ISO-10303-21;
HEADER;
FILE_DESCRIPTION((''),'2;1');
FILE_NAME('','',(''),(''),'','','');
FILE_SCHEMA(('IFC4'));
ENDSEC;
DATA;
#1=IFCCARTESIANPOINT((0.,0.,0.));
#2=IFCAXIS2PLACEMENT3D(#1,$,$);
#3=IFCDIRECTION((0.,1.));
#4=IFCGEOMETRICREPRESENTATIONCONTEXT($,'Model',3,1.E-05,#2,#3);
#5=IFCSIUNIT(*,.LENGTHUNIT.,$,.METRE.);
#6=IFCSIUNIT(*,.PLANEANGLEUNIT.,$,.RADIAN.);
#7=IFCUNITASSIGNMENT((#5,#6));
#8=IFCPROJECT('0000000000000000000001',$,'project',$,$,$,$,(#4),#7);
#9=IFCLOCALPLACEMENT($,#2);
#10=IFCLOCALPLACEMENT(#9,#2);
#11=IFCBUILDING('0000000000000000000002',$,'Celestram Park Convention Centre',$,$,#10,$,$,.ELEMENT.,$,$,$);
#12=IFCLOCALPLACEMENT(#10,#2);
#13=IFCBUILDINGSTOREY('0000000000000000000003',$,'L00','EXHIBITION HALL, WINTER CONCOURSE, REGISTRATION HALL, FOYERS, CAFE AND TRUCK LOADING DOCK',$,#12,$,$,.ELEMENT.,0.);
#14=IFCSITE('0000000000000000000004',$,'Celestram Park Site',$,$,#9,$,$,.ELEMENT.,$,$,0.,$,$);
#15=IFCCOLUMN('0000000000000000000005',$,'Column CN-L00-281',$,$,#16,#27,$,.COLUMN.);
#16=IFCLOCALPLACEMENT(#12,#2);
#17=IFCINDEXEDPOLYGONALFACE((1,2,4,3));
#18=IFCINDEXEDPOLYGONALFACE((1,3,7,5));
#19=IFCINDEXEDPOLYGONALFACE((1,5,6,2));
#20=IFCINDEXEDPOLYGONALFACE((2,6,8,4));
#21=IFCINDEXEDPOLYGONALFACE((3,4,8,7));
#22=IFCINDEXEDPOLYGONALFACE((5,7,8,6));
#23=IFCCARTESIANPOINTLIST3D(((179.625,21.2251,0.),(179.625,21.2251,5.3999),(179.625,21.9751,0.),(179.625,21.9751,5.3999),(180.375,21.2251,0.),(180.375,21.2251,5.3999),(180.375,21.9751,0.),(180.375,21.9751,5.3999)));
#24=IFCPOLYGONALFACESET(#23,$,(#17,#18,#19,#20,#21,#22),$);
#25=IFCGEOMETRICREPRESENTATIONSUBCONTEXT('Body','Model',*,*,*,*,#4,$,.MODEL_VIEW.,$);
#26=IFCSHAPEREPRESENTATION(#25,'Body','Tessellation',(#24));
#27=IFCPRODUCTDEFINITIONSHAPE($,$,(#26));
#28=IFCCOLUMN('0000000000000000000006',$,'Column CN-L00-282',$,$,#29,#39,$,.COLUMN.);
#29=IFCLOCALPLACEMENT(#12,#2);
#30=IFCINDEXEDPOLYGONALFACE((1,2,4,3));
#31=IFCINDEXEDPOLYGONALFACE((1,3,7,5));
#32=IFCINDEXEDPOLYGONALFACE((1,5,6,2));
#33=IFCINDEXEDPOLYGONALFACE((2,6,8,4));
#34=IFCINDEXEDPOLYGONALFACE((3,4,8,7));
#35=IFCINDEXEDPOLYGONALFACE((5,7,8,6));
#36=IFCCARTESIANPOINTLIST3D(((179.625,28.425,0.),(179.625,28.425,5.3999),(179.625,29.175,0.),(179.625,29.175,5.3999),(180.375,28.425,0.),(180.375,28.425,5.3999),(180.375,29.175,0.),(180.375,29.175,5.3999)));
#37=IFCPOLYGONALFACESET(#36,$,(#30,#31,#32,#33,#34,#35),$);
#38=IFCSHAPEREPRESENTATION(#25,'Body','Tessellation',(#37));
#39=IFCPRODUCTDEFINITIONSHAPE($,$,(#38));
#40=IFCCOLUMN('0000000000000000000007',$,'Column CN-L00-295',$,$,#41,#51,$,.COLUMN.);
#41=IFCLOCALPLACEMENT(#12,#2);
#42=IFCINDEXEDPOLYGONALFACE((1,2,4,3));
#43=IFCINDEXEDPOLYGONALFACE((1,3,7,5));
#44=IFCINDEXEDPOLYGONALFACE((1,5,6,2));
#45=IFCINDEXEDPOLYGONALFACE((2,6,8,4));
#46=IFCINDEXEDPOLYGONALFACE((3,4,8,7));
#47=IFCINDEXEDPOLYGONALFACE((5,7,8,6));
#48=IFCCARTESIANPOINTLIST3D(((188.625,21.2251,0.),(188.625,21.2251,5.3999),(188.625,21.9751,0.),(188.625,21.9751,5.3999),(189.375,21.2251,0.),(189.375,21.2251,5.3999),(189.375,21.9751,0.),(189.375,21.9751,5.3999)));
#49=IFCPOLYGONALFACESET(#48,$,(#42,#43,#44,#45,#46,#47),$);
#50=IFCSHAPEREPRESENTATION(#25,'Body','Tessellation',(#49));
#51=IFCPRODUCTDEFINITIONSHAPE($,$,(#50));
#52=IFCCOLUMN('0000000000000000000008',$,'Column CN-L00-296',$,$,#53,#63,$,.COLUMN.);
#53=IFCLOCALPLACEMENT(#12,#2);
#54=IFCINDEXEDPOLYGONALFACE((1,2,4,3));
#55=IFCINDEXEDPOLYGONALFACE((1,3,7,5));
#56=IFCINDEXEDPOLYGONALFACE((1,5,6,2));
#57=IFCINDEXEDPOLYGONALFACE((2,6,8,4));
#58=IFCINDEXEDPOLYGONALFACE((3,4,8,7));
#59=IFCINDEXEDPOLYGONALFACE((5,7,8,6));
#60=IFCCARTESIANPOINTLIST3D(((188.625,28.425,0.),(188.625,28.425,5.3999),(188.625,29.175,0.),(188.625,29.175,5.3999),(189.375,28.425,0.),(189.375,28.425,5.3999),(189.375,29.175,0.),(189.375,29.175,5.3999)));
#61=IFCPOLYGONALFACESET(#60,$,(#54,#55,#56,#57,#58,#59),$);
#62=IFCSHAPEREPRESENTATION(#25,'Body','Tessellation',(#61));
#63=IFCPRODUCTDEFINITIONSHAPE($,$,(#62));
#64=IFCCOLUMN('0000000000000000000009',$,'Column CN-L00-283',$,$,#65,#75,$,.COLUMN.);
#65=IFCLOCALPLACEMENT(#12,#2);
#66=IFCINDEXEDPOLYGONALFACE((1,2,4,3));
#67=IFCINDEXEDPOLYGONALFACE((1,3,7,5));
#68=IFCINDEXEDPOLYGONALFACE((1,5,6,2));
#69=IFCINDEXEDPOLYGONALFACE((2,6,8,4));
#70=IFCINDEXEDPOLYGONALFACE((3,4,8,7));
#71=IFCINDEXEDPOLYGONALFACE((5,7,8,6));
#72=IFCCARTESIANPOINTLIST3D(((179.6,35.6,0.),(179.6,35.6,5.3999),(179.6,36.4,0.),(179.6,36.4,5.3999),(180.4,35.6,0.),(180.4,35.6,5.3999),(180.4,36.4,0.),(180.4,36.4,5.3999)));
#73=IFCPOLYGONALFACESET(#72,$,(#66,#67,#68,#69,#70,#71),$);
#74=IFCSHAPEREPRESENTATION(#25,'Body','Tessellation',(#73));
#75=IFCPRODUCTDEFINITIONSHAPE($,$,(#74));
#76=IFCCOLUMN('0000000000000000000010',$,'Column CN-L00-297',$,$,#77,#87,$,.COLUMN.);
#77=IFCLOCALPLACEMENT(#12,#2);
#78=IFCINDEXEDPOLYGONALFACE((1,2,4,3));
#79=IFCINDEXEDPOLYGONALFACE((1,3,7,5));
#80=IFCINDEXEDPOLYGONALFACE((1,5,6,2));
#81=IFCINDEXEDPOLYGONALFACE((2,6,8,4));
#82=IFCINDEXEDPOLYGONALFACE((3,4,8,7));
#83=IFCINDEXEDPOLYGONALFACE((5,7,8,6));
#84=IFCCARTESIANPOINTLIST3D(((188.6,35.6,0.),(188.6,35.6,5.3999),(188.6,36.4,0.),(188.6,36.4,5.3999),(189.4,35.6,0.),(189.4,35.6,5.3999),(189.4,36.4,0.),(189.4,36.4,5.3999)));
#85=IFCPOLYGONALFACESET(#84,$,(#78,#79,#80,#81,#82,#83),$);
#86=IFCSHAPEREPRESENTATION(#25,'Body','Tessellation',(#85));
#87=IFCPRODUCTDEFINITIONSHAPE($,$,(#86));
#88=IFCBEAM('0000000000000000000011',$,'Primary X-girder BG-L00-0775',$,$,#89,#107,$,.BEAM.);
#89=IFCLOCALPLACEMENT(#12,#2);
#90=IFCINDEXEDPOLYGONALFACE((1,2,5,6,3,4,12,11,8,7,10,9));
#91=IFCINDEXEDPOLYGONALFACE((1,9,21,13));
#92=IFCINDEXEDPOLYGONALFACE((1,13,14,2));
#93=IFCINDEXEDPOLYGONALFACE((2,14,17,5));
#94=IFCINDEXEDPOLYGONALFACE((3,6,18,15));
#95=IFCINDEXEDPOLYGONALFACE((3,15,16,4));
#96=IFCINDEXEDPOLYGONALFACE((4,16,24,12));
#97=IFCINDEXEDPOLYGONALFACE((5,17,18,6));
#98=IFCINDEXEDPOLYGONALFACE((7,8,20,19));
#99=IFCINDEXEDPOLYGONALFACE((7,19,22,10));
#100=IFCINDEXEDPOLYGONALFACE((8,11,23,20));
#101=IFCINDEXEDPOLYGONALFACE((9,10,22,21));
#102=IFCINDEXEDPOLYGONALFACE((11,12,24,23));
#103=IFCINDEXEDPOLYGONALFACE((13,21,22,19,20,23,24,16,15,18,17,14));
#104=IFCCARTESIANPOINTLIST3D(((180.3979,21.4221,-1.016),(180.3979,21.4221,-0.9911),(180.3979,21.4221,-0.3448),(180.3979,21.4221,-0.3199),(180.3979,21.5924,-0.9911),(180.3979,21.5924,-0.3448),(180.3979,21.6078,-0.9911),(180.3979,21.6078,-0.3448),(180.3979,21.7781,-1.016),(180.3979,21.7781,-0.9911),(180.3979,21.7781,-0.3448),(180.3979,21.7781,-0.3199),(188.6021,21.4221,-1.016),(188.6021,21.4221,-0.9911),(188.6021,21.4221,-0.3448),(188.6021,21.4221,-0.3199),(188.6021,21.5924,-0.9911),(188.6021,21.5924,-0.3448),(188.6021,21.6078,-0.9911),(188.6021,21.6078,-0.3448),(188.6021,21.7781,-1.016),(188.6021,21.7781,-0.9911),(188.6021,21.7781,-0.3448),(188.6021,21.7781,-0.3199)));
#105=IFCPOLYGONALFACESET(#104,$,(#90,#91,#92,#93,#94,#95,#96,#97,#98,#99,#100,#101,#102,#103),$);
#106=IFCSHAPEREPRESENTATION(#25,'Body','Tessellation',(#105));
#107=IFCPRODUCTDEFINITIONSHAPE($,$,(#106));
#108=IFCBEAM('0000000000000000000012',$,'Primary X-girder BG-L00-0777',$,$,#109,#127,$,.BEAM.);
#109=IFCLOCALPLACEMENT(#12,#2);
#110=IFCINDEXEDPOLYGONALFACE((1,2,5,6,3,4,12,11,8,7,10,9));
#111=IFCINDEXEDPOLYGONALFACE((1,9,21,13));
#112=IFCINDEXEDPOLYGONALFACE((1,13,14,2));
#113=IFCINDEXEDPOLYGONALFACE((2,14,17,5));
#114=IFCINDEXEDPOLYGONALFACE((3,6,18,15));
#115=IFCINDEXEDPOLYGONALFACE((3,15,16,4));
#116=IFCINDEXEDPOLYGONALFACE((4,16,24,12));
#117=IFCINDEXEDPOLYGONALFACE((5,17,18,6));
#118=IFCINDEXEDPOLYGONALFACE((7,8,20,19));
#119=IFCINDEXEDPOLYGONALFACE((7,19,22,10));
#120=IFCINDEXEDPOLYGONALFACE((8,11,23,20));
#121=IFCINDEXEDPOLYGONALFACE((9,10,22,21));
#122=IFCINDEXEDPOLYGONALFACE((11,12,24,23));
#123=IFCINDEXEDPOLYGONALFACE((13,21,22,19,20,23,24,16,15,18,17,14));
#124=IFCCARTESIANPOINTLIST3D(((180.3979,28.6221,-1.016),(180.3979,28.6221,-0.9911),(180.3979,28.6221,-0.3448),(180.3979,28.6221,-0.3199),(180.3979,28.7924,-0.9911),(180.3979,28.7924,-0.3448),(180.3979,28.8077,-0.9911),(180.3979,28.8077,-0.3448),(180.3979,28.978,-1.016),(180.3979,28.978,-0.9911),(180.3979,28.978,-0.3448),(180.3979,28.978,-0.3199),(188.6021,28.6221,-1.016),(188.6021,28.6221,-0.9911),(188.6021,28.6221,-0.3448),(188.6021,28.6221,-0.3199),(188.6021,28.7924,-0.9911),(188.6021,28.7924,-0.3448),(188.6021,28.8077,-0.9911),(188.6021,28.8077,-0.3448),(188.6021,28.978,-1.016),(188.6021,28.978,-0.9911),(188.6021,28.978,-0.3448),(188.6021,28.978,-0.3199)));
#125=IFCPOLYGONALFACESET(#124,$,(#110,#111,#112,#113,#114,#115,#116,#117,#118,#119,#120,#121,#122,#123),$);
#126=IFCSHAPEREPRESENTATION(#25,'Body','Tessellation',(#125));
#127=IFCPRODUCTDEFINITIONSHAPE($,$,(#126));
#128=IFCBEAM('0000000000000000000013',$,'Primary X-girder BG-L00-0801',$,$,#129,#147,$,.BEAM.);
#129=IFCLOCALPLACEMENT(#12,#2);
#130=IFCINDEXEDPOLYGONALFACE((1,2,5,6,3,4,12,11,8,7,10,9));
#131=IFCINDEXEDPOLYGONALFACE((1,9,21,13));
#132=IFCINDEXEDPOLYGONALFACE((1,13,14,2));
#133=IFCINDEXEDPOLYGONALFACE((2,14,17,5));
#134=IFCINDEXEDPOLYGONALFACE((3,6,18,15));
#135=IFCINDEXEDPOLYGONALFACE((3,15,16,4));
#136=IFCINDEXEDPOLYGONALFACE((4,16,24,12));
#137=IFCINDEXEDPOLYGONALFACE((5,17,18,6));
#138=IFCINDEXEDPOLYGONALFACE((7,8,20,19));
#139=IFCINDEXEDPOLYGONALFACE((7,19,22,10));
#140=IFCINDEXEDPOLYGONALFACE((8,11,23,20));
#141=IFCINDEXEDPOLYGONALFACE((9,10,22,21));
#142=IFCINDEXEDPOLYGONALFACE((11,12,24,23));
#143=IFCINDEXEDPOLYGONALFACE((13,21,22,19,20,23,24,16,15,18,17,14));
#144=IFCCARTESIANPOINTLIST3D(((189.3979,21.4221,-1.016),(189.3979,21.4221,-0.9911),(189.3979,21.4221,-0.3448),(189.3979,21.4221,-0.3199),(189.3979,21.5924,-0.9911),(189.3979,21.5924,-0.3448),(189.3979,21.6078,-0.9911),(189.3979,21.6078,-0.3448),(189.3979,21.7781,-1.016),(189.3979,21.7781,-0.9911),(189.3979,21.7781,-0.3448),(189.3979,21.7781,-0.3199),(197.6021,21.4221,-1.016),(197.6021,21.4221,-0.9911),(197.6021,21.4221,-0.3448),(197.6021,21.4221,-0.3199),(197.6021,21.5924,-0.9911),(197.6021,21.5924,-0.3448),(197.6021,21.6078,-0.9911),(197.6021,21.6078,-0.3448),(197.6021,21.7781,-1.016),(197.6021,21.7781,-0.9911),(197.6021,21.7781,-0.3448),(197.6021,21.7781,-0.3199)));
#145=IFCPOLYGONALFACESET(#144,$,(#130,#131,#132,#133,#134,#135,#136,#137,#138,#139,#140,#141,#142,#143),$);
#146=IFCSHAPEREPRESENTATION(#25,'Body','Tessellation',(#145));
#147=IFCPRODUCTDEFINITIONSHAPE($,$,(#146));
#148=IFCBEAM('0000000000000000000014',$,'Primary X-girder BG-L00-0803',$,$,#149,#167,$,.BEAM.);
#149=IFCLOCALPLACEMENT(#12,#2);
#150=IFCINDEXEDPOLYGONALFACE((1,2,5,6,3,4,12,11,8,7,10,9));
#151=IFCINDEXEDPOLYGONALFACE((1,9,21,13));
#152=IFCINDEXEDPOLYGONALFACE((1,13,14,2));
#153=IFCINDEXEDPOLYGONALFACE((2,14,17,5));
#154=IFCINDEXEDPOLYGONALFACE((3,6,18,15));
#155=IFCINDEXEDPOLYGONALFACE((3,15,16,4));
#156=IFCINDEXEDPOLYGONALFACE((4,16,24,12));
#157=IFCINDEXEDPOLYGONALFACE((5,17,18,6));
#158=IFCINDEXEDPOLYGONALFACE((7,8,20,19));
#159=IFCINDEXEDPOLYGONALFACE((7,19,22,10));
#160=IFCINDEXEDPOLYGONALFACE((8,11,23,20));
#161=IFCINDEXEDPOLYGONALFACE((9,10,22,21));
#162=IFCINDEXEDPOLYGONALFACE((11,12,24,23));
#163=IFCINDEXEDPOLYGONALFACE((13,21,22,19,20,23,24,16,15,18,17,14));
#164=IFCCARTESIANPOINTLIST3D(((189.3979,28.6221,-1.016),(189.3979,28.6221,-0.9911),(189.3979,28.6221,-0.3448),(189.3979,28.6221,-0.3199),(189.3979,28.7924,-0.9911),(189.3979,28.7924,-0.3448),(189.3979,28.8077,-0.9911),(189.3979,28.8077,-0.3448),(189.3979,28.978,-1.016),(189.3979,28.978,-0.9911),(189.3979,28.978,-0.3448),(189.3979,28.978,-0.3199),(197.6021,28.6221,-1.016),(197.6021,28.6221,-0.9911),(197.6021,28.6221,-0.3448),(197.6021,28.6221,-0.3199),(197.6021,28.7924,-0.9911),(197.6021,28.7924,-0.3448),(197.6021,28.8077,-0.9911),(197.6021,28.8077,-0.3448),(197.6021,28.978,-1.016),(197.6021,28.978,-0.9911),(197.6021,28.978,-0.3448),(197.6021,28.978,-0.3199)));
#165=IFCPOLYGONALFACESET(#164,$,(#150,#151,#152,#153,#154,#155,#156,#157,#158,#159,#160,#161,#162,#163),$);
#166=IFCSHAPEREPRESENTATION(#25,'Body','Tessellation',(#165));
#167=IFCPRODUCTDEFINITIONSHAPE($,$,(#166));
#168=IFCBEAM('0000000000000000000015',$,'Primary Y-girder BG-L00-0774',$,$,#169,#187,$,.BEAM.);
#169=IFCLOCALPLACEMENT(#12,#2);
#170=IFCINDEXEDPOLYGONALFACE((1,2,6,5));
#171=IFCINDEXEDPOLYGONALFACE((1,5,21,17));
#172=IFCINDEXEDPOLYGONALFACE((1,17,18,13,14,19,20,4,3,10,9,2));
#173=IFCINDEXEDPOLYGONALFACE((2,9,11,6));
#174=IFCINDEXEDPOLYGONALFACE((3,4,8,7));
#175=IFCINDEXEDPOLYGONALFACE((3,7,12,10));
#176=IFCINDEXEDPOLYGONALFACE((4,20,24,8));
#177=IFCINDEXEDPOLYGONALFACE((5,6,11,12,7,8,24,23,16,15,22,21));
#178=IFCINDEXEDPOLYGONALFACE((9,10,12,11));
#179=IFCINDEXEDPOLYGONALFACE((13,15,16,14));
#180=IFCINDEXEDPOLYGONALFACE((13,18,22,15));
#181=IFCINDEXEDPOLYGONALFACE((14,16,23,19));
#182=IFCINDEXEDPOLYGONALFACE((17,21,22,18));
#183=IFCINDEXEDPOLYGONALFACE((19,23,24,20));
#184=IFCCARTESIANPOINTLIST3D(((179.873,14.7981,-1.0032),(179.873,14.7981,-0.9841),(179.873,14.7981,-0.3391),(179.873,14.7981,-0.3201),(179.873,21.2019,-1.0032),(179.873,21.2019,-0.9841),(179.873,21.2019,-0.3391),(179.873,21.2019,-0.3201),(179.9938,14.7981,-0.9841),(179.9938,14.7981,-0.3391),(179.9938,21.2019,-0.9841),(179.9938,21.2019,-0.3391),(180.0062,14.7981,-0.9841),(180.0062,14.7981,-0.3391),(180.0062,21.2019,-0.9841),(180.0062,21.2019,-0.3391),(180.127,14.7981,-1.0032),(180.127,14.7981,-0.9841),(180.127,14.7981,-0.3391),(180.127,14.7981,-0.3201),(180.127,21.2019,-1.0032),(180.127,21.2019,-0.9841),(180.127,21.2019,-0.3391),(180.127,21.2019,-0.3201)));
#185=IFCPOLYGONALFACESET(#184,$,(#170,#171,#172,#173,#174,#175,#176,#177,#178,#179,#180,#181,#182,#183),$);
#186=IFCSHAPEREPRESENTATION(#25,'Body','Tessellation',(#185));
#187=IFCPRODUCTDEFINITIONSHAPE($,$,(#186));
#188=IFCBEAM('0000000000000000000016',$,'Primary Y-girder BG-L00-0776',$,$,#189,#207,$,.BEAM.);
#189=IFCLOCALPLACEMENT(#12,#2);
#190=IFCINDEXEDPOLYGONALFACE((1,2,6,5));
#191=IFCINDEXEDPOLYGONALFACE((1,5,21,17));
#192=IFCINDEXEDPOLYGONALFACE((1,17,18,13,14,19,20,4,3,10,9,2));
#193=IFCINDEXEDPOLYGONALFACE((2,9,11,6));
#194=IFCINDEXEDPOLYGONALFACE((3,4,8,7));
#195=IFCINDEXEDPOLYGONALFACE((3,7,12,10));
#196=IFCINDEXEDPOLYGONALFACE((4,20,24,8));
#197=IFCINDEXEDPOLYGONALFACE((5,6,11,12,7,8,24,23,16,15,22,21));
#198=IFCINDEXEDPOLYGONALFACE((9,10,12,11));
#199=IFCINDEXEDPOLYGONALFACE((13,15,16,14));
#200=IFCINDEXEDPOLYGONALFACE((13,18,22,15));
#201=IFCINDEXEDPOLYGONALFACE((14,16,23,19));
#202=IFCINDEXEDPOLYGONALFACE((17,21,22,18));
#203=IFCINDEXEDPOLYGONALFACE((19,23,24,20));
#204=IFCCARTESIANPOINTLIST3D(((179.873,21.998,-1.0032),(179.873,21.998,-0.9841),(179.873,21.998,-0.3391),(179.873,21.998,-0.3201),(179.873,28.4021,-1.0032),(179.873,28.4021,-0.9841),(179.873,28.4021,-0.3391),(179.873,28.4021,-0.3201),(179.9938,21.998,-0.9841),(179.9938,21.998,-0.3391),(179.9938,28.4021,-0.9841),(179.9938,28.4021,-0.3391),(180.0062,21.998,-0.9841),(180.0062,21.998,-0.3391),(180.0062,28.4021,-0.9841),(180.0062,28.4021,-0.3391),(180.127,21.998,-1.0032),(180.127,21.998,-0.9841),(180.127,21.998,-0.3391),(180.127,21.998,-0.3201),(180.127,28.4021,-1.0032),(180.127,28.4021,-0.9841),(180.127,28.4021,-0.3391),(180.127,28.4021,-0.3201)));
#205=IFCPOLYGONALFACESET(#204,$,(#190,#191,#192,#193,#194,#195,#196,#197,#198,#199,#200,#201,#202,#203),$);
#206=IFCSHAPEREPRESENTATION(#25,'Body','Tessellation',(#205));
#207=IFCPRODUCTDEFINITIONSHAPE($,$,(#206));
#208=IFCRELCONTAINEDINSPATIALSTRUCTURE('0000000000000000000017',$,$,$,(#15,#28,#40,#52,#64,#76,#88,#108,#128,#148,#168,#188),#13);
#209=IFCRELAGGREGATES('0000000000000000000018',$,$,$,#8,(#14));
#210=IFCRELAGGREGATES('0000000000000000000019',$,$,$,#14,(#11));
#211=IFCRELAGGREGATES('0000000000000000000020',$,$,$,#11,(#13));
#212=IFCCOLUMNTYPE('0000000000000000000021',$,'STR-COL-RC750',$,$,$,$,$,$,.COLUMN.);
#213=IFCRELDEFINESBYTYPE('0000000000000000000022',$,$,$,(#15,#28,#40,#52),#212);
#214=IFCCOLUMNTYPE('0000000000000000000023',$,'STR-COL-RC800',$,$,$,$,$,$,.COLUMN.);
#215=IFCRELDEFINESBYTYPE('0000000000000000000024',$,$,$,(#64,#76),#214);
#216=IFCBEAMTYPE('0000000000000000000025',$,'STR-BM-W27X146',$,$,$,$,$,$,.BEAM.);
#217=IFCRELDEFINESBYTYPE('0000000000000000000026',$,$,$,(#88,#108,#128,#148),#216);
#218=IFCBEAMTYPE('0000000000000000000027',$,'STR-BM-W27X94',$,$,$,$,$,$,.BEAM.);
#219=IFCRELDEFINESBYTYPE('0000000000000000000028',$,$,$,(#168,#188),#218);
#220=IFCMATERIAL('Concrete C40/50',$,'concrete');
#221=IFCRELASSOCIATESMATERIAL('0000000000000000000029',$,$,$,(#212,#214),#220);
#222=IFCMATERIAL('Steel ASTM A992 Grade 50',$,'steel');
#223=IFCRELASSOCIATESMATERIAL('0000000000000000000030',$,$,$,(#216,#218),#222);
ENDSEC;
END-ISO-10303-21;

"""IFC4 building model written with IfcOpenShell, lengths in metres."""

from ifc_helpers import new_model, si_unit, direction, frame, origin, origin_2d, place, context, subcontext, project, spatial, rectangle, i_section, extrude, material, material_profile, profile_set, type_object, element, save


model = new_model("IFC4")

# Units and contexts
model_context = context("Model", 3, precision=1e-05, world=origin(), true_north=direction((0.0, 1.0)))
body_context = subcontext(model_context, "Body", "Model", "MODEL_VIEW")
ifc_project = project(units=[si_unit("LENGTHUNIT", "METRE"), si_unit("PLANEANGLEUNIT", "RADIAN")], contexts=[model_context])

# Site, building, storey
site_placement = place(None, origin())
site = spatial("IfcSite", under=ifc_project, at=site_placement, Name="Celestram Park Site", CompositionType="ELEMENT", RefElevation=0.0)
building_placement = place(site_placement, origin())
building = spatial("IfcBuilding", under=site, at=building_placement, Name="Celestram Park Convention Centre", CompositionType="ELEMENT")
storey_placement = place(building_placement, origin())
storey = spatial("IfcBuildingStorey", under=building, at=storey_placement, Name="L00", Description="EXHIBITION HALL, WINTER CONCOURSE, REGISTRATION HALL, FOYERS, CAFE AND TRUCK LOADING DOCK", CompositionType="ELEMENT", Elevation=0.0)

# Columns
ifc_material_1 = material(Name="Concrete C40/50", Category="concrete")
ifc_material_profile_1 = material_profile(ifc_material_1, rectangle(XDim=0.75, YDim=0.75, at=origin_2d()), Name="RC750X750")
ifc_profile_set_1 = profile_set([ifc_material_profile_1], Name="Concrete C40/50")
column_type_1 = type_object("IfcColumnType", Name="STR-COL-RC750", PredefinedType="COLUMN", material=ifc_profile_set_1)
for number, where, z_axis, x_axis, name in (
    (1, (180.0, 21.6001, 0.0), (0.0, 0.0, 1.0), (1.0, 0.0, 0.0), "Column CN-L00-281"),
    (2, (180.0, 28.8, 0.0), (0.0, 0.0, 1.0), (1.0, 0.0, 0.0), "Column CN-L00-282"),
    (3, (189.0, 21.6001, 0.0), (0.0, 0.0, 1.0), (1.0, 0.0, 0.0), "Column CN-L00-295"),
    (4, (189.0, 28.8, 0.0), (0.0, 0.0, 1.0), (1.0, 0.0, 0.0), "Column CN-L00-296"),
):
    element("IfcColumn", number, at=place(storey_placement, frame(where, z_axis=z_axis, x_axis=x_axis)), inside=storey, type_object=column_type_1, Name=name, PredefinedType="COLUMN", context=body_context, shape_type="SweptSolid", body=[
        extrude(rectangle(XDim=0.75, YDim=0.75, at=origin_2d()), origin(), (0.0, 0.0, 1.0), 5.3999),
    ])
ifc_material_profile_2 = material_profile(ifc_material_1, rectangle(XDim=0.8, YDim=0.8, at=origin_2d()), Name="RC800X800")
ifc_profile_set_2 = profile_set([ifc_material_profile_2], Name="Concrete C40/50")
column_type_2 = type_object("IfcColumnType", Name="STR-COL-RC800", PredefinedType="COLUMN", material=ifc_profile_set_2)
for number, where, z_axis, x_axis, name in (
    (5, (180.0, 36.0, 0.0), (0.0, 0.0, 1.0), (1.0, 0.0, 0.0), "Column CN-L00-283"),
    (6, (189.0, 36.0, 0.0), (0.0, 0.0, 1.0), (1.0, 0.0, 0.0), "Column CN-L00-297"),
):
    element("IfcColumn", number, at=place(storey_placement, frame(where, z_axis=z_axis, x_axis=x_axis)), inside=storey, type_object=column_type_2, Name=name, PredefinedType="COLUMN", context=body_context, shape_type="SweptSolid", body=[
        extrude(rectangle(XDim=0.8, YDim=0.8, at=origin_2d()), origin(), (0.0, 0.0, 1.0), 5.3999),
    ])

# Beams
ifc_material_2 = material(Name="Steel ASTM A992 Grade 50", Category="steel")
ifc_material_profile_3 = material_profile(ifc_material_2, i_section(OverallWidth=0.356, OverallDepth=0.696, WebThickness=0.0154, FlangeThickness=0.0249, at=origin_2d()), Name="W27X146")
ifc_profile_set_3 = profile_set([ifc_material_profile_3], Name="Steel ASTM A992 Grade 50")
beam_type_1 = type_object("IfcBeamType", Name="STR-BM-W27X146", PredefinedType="BEAM", material=ifc_profile_set_3)
for number, where, z_axis, x_axis, name in (
    (7, (180.3979, 21.6001, -0.668), (1.0, 0.0, 0.0), (0.0, 1.0, 0.0), "Primary X-girder BG-L00-0775"),
    (8, (180.3979, 28.8, -0.668), (1.0, 0.0, 0.0), (0.0, 1.0, 0.0), "Primary X-girder BG-L00-0777"),
    (9, (189.3979, 21.6001, -0.668), (1.0, 0.0, 0.0), (0.0, 1.0, 0.0), "Primary X-girder BG-L00-0801"),
    (10, (189.3979, 28.8, -0.668), (1.0, 0.0, 0.0), (0.0, 1.0, 0.0), "Primary X-girder BG-L00-0803"),
):
    element("IfcBeam", number, at=place(storey_placement, frame(where, z_axis=z_axis, x_axis=x_axis)), inside=storey, type_object=beam_type_1, Name=name, PredefinedType="BEAM", context=body_context, shape_type="SweptSolid", body=[
        extrude(i_section(OverallWidth=0.356, OverallDepth=0.696, WebThickness=0.0154, FlangeThickness=0.0249, at=origin_2d()), origin(), (0.0, 0.0, 1.0), 8.2041),
    ])
ifc_material_profile_4 = material_profile(ifc_material_2, i_section(OverallWidth=0.2539, OverallDepth=0.6831, WebThickness=0.0125, FlangeThickness=0.019, at=origin_2d()), Name="W27X94")
ifc_profile_set_4 = profile_set([ifc_material_profile_4], Name="Steel ASTM A992 Grade 50")
beam_type_2 = type_object("IfcBeamType", Name="STR-BM-W27X94", PredefinedType="BEAM", material=ifc_profile_set_4)
beam_1_placement = place(storey_placement, frame((180.0, 14.7981, -0.6616), z_axis=(0.0, 1.0, 0.0), x_axis=(-1.0, 0.0, 0.0)))
element("IfcBeam", 11, at=beam_1_placement, inside=storey, type_object=beam_type_2, Name="Primary Y-girder BG-L00-0774", PredefinedType="BEAM", context=body_context, shape_type="SweptSolid", body=[
    extrude(i_section(OverallWidth=0.2539, OverallDepth=0.6831, WebThickness=0.0125, FlangeThickness=0.019, at=origin_2d()), origin(), (0.0, 0.0, 1.0), 6.4038),
])
for number, where, z_axis, x_axis, name in (
    (12, (180.0, 21.998, -0.6616), (0.0, 1.0, 0.0), (-1.0, 0.0, 0.0), "Primary Y-girder BG-L00-0776"),
):
    element("IfcBeam", number, at=place(storey_placement, frame(where, z_axis=z_axis, x_axis=x_axis)), inside=storey, type_object=beam_type_2, Name=name, PredefinedType="BEAM", context=body_context, shape_type="SweptSolid", body=[
        extrude(i_section(OverallWidth=0.2539, OverallDepth=0.6831, WebThickness=0.0125, FlangeThickness=0.019, at=origin_2d()), origin(), (0.0, 0.0, 1.0), 6.4041),
    ])

save(model, "model.ifc")
